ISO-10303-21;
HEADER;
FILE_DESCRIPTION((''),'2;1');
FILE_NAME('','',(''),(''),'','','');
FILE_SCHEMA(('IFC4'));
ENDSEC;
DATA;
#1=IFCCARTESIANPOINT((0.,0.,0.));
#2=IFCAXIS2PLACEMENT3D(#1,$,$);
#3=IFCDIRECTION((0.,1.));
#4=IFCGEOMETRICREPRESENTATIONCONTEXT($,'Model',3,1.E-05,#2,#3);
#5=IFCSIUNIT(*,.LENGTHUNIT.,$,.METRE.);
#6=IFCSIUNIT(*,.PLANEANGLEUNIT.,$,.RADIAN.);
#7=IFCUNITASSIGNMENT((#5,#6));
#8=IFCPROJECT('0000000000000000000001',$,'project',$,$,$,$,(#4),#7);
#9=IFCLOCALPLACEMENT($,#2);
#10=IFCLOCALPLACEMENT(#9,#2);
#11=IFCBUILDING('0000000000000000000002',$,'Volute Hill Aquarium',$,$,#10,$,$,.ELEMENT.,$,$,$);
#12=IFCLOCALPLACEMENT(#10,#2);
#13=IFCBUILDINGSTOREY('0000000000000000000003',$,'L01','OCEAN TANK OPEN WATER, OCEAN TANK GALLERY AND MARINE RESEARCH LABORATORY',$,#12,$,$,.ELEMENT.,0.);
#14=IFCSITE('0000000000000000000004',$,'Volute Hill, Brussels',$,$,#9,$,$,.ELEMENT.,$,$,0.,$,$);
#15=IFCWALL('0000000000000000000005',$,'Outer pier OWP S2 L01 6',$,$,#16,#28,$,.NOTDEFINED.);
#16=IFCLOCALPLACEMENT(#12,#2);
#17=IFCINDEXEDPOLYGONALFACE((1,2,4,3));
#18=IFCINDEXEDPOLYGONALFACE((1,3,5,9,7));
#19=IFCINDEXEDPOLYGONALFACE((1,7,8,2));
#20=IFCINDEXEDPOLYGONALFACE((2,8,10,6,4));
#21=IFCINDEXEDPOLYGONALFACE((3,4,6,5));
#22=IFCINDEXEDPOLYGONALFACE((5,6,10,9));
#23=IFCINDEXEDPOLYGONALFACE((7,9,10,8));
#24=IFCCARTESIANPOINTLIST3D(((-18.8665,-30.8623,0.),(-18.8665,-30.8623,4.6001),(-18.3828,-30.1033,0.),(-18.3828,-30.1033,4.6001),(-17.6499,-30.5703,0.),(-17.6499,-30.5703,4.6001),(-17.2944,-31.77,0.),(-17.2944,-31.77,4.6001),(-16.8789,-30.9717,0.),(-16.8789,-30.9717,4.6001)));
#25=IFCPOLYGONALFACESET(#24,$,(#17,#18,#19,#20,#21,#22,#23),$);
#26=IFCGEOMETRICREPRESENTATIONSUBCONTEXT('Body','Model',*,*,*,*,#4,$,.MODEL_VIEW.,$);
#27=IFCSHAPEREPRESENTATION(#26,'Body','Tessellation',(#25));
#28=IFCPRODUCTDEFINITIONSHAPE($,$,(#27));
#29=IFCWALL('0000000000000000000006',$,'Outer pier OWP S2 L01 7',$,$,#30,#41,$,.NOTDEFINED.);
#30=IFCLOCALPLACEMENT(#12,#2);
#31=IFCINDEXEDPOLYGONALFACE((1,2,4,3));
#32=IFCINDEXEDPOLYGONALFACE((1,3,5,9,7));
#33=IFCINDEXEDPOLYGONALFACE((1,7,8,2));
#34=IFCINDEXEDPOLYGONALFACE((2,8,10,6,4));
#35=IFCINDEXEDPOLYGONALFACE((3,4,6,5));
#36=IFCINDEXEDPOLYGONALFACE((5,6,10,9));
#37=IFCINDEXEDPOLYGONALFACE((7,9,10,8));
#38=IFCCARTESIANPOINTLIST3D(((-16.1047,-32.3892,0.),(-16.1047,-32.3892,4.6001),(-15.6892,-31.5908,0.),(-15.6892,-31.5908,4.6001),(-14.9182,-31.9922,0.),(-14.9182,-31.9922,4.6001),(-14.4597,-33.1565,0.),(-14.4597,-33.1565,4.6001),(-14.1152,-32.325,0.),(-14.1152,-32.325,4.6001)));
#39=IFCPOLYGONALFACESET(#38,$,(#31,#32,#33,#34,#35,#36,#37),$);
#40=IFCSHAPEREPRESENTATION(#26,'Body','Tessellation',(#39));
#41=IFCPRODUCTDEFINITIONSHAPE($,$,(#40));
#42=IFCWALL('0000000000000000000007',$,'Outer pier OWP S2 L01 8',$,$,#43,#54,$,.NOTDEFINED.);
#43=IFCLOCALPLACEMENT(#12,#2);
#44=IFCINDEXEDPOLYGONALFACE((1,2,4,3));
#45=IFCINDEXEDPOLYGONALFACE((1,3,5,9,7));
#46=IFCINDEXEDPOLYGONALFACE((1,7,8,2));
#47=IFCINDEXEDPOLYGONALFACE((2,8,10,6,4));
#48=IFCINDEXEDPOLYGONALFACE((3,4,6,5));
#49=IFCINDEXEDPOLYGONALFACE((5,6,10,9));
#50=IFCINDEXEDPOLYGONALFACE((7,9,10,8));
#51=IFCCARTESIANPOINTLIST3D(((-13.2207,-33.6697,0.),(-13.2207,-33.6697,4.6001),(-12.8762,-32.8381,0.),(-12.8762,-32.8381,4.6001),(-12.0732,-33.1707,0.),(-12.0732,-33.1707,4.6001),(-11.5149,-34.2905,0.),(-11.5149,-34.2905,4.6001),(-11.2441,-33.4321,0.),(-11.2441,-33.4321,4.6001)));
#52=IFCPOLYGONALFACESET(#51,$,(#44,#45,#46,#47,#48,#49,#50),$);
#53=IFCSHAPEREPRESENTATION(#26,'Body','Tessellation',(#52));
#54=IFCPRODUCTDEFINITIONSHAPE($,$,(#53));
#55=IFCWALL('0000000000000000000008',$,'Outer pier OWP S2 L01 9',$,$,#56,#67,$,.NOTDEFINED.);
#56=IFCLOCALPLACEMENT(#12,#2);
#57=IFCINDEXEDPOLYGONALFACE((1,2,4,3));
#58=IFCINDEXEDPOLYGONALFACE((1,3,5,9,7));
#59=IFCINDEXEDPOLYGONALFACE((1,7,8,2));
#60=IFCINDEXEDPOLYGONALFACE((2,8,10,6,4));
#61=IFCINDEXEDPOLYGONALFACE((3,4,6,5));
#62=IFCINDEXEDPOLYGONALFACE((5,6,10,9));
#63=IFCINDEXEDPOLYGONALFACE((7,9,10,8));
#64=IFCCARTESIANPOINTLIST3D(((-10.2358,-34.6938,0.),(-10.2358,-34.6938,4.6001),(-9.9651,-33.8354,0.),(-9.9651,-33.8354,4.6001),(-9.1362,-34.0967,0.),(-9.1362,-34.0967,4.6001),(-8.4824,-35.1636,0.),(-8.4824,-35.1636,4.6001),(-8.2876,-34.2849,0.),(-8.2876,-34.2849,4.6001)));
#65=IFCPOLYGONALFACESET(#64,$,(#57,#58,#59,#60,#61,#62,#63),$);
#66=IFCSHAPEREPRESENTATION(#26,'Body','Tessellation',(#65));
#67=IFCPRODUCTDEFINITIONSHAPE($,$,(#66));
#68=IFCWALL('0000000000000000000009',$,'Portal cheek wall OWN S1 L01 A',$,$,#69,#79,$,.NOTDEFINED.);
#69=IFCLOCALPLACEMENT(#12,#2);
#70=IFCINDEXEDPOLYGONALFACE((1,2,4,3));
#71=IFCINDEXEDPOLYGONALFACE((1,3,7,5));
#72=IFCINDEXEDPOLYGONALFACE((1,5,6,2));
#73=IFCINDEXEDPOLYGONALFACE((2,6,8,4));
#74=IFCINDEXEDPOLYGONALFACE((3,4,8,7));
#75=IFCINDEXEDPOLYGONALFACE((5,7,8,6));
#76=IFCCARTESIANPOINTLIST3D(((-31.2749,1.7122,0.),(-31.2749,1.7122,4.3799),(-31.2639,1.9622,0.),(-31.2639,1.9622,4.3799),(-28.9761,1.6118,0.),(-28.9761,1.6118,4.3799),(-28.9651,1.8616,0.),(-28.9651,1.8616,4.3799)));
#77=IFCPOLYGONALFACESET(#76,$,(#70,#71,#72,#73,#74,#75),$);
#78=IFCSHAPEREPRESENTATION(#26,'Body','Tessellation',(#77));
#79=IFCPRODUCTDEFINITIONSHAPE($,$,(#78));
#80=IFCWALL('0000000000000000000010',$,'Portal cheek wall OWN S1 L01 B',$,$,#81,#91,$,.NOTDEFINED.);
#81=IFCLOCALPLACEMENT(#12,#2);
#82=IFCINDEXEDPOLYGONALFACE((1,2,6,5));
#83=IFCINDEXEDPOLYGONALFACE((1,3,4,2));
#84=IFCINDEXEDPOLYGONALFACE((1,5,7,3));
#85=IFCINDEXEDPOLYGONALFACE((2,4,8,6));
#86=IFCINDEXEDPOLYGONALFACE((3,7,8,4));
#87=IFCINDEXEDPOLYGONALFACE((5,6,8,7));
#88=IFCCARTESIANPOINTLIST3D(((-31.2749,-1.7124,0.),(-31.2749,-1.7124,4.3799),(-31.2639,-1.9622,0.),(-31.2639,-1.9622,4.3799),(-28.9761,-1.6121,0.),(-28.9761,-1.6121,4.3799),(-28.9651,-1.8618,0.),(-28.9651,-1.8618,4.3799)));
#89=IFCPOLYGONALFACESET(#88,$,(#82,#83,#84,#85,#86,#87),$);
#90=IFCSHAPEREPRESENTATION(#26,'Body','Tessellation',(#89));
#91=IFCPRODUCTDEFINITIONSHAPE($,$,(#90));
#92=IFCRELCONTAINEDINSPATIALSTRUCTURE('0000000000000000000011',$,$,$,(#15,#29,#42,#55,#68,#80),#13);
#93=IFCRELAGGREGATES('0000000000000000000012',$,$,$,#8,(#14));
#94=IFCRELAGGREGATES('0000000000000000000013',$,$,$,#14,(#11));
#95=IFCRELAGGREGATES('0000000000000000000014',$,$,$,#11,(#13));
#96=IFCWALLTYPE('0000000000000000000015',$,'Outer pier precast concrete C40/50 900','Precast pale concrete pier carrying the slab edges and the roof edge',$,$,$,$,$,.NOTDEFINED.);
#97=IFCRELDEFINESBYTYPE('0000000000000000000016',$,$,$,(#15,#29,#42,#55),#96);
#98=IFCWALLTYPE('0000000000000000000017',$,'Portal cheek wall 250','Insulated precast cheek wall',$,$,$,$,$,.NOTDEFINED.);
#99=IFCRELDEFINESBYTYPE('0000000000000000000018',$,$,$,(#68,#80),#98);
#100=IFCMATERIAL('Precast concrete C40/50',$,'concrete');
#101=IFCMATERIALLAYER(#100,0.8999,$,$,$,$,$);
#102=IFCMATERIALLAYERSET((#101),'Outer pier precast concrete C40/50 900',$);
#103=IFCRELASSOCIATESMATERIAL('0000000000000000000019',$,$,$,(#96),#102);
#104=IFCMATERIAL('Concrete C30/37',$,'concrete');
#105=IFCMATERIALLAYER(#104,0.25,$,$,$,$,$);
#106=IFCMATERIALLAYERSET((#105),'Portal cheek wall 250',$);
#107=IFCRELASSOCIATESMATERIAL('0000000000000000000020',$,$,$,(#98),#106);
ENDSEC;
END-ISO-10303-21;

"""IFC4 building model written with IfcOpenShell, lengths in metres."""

from ifc_helpers import new_model, si_unit, direction, origin, place, context, subcontext, project, spatial, polyline, outline, extrude, material, layer, layer_set, type_object, element, save


model = new_model("IFC4")

# Units and contexts
model_context = context("Model", 3, precision=1e-05, world=origin(), true_north=direction((0.0, 1.0)))
body_context = subcontext(model_context, "Body", "Model", "MODEL_VIEW")
ifc_project = project(units=[si_unit("LENGTHUNIT", "METRE"), si_unit("PLANEANGLEUNIT", "RADIAN")], contexts=[model_context])

# Site, building, storey
site_placement = place(None, origin())
site = spatial("IfcSite", under=ifc_project, at=site_placement, Name="Volute Hill, Brussels", CompositionType="ELEMENT", RefElevation=0.0)
building_placement = place(site_placement, origin())
building = spatial("IfcBuilding", under=site, at=building_placement, Name="Volute Hill Aquarium", CompositionType="ELEMENT")
storey_placement = place(building_placement, origin())
storey = spatial("IfcBuildingStorey", under=building, at=storey_placement, Name="L01", Description="OCEAN TANK OPEN WATER, OCEAN TANK GALLERY AND MARINE RESEARCH LABORATORY", CompositionType="ELEMENT", Elevation=0.0)

# Walls
ifc_material_1 = material(Name="Precast concrete C40/50", Category="concrete")
ifc_layer_1 = layer(ifc_material_1, 0.8999)
ifc_layer_set_1 = layer_set([ifc_layer_1], Name="Outer pier precast concrete C40/50 900")
wall_type_1 = type_object("IfcWallType", Name="Outer pier precast concrete C40/50 900", Description="Precast pale concrete pier carrying the slab edges and the roof edge", PredefinedType="NOTDEFINED", material=ifc_layer_set_1)
wall_1_placement = place(storey_placement, origin())
element("IfcWall", 1, at=wall_1_placement, inside=storey, type_object=wall_type_1, Name="Outer pier OWP S2 L01 6", PredefinedType="NOTDEFINED", context=body_context, shape_type="SweptSolid", body=[
    extrude(outline(polyline([(-18.3828, -30.1033), (-18.8665, -30.8623), (-17.2944, -31.77), (-16.8789, -30.9717), (-17.6499, -30.5703), (-18.3828, -30.1033)])), origin(), (0.0, 0.0, 1.0), 4.6001),
])
wall_2_placement = place(storey_placement, origin())
element("IfcWall", 2, at=wall_2_placement, inside=storey, type_object=wall_type_1, Name="Outer pier OWP S2 L01 7", PredefinedType="NOTDEFINED", context=body_context, shape_type="SweptSolid", body=[
    extrude(outline(polyline([(-15.6892, -31.5908), (-16.1047, -32.3892), (-14.4597, -33.1565), (-14.1152, -32.325), (-14.9182, -31.9922), (-15.6892, -31.5908)])), origin(), (0.0, 0.0, 1.0), 4.6001),
])
wall_3_placement = place(storey_placement, origin())
element("IfcWall", 3, at=wall_3_placement, inside=storey, type_object=wall_type_1, Name="Outer pier OWP S2 L01 8", PredefinedType="NOTDEFINED", context=body_context, shape_type="SweptSolid", body=[
    extrude(outline(polyline([(-12.8762, -32.8381), (-13.2207, -33.6697), (-11.5149, -34.2905), (-11.2441, -33.4321), (-12.0732, -33.1707), (-12.8762, -32.8381)])), origin(), (0.0, 0.0, 1.0), 4.6001),
])
wall_4_placement = place(storey_placement, origin())
element("IfcWall", 4, at=wall_4_placement, inside=storey, type_object=wall_type_1, Name="Outer pier OWP S2 L01 9", PredefinedType="NOTDEFINED", context=body_context, shape_type="SweptSolid", body=[
    extrude(outline(polyline([(-9.9651, -33.8354), (-10.2358, -34.6938), (-8.4824, -35.1636), (-8.2876, -34.2849), (-9.1362, -34.0967), (-9.9651, -33.8354)])), origin(), (0.0, 0.0, 1.0), 4.6001),
])
ifc_material_2 = material(Name="Concrete C30/37", Category="concrete")
ifc_layer_2 = layer(ifc_material_2, 0.25)
ifc_layer_set_2 = layer_set([ifc_layer_2], Name="Portal cheek wall 250")
wall_type_2 = type_object("IfcWallType", Name="Portal cheek wall 250", Description="Insulated precast cheek wall", PredefinedType="NOTDEFINED", material=ifc_layer_set_2)
wall_5_placement = place(storey_placement, origin())
element("IfcWall", 5, at=wall_5_placement, inside=storey, type_object=wall_type_2, Name="Portal cheek wall OWN S1 L01 A", PredefinedType="NOTDEFINED", context=body_context, shape_type="SweptSolid", body=[
    extrude(outline(polyline([(-31.2639, 1.9622), (-31.2749, 1.7122), (-28.9761, 1.6118), (-28.9651, 1.8616), (-31.2639, 1.9622)])), origin(), (0.0, 0.0, 1.0), 4.3799),
])
wall_6_placement = place(storey_placement, origin())
element("IfcWall", 6, at=wall_6_placement, inside=storey, type_object=wall_type_2, Name="Portal cheek wall OWN S1 L01 B", PredefinedType="NOTDEFINED", context=body_context, shape_type="SweptSolid", body=[
    extrude(outline(polyline([(-31.2639, -1.9622), (-28.9651, -1.8618), (-28.9761, -1.6121), (-31.2749, -1.7124), (-31.2639, -1.9622)])), origin(), (0.0, 0.0, 1.0), 4.3799),
])

save(model, "model.ifc")
